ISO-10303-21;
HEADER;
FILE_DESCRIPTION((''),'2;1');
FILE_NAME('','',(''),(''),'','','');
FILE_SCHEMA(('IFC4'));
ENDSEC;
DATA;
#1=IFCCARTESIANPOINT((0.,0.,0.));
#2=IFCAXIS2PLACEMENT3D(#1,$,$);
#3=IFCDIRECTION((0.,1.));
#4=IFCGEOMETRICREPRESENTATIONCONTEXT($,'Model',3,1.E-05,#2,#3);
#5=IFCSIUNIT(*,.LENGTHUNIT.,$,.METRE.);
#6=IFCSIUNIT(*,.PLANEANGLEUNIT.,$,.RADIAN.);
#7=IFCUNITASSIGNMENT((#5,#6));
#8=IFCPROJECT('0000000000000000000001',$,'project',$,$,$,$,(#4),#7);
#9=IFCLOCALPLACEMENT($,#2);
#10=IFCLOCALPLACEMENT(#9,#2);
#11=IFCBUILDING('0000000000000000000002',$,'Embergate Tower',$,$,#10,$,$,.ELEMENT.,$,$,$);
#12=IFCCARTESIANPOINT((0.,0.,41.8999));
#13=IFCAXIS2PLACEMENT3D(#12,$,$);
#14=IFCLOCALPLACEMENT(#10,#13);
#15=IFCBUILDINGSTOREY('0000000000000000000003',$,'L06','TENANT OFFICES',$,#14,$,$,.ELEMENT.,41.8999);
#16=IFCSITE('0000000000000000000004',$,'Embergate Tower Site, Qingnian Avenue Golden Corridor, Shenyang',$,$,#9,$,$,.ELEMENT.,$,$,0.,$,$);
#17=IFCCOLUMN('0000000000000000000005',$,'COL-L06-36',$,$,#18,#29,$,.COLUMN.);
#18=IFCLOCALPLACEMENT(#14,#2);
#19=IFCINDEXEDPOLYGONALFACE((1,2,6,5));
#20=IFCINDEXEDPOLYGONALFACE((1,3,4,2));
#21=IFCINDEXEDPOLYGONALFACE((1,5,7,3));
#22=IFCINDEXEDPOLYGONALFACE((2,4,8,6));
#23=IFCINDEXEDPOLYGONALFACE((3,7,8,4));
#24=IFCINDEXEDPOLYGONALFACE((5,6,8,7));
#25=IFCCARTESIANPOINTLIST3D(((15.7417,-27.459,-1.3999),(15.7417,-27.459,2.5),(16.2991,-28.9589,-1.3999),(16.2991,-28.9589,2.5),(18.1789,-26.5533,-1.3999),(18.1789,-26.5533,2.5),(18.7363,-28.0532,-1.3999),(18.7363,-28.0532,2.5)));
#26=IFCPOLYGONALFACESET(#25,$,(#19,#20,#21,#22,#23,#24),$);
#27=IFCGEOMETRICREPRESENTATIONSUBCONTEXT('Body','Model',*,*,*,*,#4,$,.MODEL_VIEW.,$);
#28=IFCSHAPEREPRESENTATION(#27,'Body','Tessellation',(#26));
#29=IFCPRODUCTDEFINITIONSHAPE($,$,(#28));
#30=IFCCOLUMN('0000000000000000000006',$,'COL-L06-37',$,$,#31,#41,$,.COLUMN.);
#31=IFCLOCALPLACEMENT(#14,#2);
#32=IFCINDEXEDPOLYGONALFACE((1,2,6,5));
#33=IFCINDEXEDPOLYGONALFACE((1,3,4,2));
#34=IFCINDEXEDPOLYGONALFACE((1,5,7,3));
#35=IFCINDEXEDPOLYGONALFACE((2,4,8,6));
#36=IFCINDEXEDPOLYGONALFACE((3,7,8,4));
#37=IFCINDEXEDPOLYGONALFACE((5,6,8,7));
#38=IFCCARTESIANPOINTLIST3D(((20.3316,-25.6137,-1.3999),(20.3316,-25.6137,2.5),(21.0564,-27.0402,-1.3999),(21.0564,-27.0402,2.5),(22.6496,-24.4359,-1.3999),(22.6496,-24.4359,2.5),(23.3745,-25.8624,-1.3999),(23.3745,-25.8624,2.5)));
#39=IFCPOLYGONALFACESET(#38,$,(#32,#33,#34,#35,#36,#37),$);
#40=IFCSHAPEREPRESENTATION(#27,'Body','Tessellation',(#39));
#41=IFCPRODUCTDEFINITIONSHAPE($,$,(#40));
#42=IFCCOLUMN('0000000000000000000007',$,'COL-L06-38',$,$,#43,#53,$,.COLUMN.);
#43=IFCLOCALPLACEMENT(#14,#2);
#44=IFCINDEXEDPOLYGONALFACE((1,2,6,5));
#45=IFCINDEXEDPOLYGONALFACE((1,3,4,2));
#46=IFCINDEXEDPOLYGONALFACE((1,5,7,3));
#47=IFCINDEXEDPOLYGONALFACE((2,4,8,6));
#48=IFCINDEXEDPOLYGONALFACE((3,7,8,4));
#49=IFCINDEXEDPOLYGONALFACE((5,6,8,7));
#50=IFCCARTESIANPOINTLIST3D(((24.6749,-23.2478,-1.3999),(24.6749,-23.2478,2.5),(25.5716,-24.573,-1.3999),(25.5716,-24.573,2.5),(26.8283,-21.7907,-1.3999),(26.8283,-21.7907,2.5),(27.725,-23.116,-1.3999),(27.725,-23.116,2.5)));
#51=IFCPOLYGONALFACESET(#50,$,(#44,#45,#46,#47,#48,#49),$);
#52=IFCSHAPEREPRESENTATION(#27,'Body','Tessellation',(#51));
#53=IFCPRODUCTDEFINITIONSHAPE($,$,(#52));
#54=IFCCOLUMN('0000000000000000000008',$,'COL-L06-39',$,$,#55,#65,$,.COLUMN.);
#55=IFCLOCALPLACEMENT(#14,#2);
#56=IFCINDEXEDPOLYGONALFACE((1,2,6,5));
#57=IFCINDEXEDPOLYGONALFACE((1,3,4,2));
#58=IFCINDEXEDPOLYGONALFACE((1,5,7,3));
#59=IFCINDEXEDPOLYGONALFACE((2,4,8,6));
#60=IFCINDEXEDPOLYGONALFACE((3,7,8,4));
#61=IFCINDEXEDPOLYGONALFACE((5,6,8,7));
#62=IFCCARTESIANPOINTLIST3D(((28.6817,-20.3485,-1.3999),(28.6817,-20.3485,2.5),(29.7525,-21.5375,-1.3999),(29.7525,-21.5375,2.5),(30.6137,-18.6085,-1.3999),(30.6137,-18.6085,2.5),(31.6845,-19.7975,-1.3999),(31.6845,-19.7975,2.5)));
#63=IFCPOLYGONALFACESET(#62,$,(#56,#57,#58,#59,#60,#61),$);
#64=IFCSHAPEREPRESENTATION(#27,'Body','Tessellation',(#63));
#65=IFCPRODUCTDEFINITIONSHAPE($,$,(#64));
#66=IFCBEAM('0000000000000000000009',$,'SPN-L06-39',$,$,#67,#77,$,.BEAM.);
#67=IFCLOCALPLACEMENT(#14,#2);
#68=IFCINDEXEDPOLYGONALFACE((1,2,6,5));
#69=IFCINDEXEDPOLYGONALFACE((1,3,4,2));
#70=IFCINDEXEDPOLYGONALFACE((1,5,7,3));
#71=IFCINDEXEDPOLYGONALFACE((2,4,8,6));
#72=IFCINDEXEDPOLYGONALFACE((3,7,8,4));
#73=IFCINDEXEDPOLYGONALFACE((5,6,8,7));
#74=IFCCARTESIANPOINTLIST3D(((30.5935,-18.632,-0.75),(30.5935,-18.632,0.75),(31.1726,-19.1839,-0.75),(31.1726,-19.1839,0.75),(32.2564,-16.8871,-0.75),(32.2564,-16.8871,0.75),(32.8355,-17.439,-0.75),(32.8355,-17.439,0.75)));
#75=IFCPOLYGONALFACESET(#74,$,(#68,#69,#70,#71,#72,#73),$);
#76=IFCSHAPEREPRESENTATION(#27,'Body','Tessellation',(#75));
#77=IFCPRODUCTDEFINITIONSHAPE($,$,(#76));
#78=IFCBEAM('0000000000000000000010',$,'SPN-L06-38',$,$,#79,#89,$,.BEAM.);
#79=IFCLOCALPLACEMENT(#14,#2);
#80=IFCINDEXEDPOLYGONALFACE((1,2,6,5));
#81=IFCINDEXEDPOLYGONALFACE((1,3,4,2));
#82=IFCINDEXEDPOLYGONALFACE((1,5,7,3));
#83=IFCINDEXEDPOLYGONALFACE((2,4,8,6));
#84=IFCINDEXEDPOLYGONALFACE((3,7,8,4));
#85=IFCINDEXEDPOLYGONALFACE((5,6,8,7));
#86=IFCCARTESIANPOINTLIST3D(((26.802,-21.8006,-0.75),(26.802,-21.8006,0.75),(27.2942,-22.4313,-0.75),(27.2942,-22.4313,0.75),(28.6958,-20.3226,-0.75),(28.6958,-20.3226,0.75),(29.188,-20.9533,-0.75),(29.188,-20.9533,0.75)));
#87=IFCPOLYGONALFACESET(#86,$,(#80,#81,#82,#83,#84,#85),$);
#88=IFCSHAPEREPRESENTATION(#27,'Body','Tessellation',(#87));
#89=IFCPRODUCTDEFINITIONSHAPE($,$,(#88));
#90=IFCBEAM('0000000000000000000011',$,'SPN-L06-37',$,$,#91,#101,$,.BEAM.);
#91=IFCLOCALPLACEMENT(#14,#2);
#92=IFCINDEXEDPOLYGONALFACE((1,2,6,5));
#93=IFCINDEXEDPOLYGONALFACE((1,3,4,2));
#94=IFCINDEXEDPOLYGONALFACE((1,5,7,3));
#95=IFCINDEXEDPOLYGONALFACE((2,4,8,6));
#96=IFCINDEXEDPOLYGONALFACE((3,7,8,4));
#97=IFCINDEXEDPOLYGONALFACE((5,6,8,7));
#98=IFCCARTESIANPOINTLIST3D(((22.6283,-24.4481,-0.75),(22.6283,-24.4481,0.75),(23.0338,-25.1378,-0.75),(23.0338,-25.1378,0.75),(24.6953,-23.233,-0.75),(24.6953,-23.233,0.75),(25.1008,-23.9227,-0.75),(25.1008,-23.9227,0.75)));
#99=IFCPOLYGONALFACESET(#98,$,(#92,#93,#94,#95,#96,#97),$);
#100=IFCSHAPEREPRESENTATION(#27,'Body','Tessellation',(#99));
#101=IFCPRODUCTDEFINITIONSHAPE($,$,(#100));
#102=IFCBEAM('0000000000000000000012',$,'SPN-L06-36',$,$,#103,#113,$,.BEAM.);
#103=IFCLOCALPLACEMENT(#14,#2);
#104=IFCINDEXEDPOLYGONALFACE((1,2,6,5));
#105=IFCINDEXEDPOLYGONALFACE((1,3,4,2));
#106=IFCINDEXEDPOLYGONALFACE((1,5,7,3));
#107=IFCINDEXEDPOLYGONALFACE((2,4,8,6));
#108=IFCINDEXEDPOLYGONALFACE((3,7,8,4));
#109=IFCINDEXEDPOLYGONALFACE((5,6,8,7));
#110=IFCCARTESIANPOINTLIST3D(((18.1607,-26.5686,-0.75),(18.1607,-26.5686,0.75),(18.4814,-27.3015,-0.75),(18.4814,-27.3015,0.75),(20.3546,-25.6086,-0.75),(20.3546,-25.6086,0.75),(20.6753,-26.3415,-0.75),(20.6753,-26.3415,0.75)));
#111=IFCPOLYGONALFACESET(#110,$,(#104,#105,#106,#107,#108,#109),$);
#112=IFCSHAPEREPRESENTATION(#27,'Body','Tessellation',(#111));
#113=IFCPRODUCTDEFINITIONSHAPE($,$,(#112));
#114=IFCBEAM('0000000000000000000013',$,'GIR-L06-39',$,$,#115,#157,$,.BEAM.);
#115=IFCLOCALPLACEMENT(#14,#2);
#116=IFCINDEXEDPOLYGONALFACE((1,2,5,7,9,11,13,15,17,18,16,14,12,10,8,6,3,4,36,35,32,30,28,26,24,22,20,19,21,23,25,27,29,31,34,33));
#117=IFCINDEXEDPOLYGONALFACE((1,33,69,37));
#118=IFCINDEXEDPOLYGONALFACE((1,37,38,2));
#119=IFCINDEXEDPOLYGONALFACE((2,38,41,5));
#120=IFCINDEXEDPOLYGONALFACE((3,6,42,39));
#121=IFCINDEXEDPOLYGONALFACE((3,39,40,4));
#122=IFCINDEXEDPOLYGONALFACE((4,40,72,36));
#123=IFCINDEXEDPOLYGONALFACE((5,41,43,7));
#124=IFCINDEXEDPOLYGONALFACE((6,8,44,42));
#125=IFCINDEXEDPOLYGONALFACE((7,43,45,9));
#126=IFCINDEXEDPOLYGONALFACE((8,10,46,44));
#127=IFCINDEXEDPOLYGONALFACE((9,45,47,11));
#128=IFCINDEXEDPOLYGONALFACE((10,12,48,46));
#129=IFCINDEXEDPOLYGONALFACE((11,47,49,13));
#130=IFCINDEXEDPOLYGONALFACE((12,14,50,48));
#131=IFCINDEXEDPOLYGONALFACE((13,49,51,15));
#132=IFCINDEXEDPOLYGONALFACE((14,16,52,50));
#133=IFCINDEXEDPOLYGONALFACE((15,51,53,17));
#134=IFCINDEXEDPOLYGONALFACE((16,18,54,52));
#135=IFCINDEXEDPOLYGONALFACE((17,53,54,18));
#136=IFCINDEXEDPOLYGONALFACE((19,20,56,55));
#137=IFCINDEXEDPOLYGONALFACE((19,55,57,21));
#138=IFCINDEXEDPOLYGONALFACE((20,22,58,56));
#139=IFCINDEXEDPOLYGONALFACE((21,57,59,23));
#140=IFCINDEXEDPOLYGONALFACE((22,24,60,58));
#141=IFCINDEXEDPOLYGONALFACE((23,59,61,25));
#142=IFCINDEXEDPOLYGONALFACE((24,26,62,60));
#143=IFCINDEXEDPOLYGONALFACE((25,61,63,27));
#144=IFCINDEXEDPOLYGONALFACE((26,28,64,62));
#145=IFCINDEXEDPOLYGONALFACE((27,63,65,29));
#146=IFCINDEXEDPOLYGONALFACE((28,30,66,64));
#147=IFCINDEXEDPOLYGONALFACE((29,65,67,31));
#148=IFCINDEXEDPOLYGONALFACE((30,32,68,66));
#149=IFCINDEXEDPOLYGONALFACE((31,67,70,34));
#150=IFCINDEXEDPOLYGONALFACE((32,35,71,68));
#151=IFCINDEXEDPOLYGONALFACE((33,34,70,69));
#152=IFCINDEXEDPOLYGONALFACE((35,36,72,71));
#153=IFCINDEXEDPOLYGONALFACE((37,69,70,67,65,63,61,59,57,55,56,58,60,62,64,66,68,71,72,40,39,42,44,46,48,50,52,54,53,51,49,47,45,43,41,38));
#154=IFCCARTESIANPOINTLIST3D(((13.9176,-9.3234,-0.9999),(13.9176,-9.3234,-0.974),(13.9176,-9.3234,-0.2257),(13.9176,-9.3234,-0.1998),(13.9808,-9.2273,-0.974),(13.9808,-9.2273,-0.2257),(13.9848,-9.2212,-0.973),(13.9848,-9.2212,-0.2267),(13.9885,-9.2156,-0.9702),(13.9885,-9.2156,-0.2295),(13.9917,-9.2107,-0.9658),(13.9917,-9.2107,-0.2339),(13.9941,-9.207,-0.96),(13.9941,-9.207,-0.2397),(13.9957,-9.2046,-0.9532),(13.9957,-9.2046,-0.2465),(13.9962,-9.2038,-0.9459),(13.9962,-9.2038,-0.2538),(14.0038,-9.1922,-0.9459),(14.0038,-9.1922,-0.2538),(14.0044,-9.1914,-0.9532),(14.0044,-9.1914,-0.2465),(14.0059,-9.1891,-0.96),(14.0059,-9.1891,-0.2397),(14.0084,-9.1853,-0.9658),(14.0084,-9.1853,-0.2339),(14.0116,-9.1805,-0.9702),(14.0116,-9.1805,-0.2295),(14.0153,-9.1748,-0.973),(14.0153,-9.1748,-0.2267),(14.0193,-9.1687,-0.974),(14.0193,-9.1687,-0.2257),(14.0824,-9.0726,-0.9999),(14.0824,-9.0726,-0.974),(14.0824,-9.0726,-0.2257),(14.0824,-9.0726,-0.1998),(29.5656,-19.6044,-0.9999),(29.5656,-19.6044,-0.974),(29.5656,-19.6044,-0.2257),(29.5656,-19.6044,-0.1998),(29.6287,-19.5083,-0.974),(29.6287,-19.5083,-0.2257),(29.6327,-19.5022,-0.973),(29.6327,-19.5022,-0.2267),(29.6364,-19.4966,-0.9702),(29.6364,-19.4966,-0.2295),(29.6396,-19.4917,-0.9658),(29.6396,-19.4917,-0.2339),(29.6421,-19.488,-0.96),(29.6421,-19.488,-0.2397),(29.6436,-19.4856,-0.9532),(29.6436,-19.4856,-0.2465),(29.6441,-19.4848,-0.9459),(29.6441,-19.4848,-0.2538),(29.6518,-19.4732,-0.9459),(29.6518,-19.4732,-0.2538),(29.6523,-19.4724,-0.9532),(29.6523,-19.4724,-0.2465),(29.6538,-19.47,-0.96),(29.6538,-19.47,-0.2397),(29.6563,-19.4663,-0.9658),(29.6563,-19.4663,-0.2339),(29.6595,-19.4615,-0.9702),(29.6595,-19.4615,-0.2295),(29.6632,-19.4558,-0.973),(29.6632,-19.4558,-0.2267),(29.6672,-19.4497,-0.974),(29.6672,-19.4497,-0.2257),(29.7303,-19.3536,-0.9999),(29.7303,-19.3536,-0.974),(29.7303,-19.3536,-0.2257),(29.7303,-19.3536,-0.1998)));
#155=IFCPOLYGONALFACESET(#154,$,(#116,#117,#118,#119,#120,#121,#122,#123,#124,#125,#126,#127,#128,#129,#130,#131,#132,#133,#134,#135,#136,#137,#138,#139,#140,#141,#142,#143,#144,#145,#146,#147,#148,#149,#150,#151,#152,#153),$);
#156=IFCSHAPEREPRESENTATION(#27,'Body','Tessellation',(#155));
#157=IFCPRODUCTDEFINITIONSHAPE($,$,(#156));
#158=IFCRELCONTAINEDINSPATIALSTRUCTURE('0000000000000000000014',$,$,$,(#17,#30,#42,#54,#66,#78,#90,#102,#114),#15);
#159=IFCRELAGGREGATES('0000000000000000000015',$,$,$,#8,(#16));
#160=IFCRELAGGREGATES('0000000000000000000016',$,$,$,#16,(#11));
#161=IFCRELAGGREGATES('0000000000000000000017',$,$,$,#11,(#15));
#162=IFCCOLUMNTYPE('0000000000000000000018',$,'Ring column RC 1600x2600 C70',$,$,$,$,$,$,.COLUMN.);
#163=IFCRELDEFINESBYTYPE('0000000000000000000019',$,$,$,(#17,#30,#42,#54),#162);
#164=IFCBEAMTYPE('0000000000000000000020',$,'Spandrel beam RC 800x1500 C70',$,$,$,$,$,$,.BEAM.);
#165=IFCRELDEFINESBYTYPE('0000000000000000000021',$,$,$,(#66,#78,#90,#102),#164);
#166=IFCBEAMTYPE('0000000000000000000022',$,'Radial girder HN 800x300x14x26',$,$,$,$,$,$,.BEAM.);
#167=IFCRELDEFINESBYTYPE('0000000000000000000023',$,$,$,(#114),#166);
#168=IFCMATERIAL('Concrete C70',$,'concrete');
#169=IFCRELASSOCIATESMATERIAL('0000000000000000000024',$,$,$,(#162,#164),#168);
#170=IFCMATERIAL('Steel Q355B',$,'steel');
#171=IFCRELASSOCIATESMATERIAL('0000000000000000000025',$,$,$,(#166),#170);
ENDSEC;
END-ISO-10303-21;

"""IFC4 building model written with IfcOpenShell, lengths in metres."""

from ifc_helpers import new_model, si_unit, direction, frame, origin, origin_2d, place, context, subcontext, project, spatial, rectangle, i_section, extrude, source, transform, mapped, material, material_profile, profile_set, type_object, element, save


model = new_model("IFC4")

# Units and contexts
model_context = context("Model", 3, precision=1e-05, world=origin(), true_north=direction((0.0, 1.0)))
body_context = subcontext(model_context, "Body", "Model", "MODEL_VIEW")
ifc_project = project(units=[si_unit("LENGTHUNIT", "METRE"), si_unit("PLANEANGLEUNIT", "RADIAN")], contexts=[model_context])

# Site, building, storey
site_placement = place(None, origin())
site = spatial("IfcSite", under=ifc_project, at=site_placement, Name="Embergate Tower Site, Qingnian Avenue Golden Corridor, Shenyang", CompositionType="ELEMENT", RefElevation=0.0)
building_placement = place(site_placement, origin())
building = spatial("IfcBuilding", under=site, at=building_placement, Name="Embergate Tower", CompositionType="ELEMENT")
storey_placement = place(building_placement, frame((0.0, 0.0, 41.8999)))
storey = spatial("IfcBuildingStorey", under=building, at=storey_placement, Name="L06", Description="TENANT OFFICES", CompositionType="ELEMENT", Elevation=41.8999)

# Columns
ifc_material_1 = material(Name="Concrete C70", Category="concrete")
ifc_material_profile_1 = material_profile(ifc_material_1, rectangle(XDim=1.6001, YDim=2.6001, at=origin_2d()), Name="RC 1600x2600")
ifc_profile_set_1 = profile_set([ifc_material_profile_1], Name="Concrete C70")
column_type = type_object("IfcColumnType", Name="Ring column RC 1600x2600 C70", PredefinedType="COLUMN", material=ifc_profile_set_1)
shared_shape_1 = source(origin(), body_context, "Body", "SweptSolid", [
    extrude(rectangle(XDim=1.6001, YDim=2.6001, at=origin_2d()), origin(), (0.0, 0.0, 1.0), 3.8999),
])
for number, where, z_axis, x_axis, name in (
    (1, (17.239, -27.7561, -1.3999), (0.0, 0.0, 1.0), (0.348343, -0.937367, 0.0), "COL-L06-36"),
    (2, (21.853, -25.738, -1.3999), (0.0, 0.0, 1.0), (0.452995, -0.891513, 0.0), "COL-L06-37"),
    (3, (26.2, -23.1819, -1.3999), (0.0, 0.0, 1.0), (0.560393, -0.828227, 0.0), "COL-L06-38"),
    (4, (30.1831, -20.073, -1.3999), (0.0, 0.0, 1.0), (0.669208, -0.743075, 0.0), "COL-L06-39"),
):
    element("IfcColumn", number, at=place(storey_placement, frame(where, z_axis=z_axis, x_axis=x_axis)), inside=storey, type_object=column_type, Name=name, PredefinedType="COLUMN", context=body_context, shape_type="MappedRepresentation", body=[
        mapped(shared_shape_1, transform((0.0, 0.0, 0.0))),
    ])

# Beams
ifc_material_profile_2 = material_profile(ifc_material_1, rectangle(XDim=0.8, YDim=1.5, at=origin_2d()), Name="RC 800x1500")
ifc_profile_set_2 = profile_set([ifc_material_profile_2], Name="Concrete C70")
beam_type_1 = type_object("IfcBeamType", Name="Spandrel beam RC 800x1500 C70", PredefinedType="BEAM", material=ifc_profile_set_2)
shared_shape_2 = source(origin(), body_context, "Body", "SweptSolid", [
    extrude(rectangle(XDim=0.8, YDim=1.5, at=origin_2d()), origin(), (0.0, 0.0, 1.0), 2.4104),
])
beam_1_placement = place(storey_placement, frame((30.8831, -18.908, 0.0), z_axis=(0.689885, 0.723919, 0.0), x_axis=(-0.723919, 0.689885, 0.0)))
element("IfcBeam", 5, at=beam_1_placement, inside=storey, type_object=beam_type_1, Name="SPN-L06-39", PredefinedType="BEAM", context=body_context, shape_type="MappedRepresentation", body=[
    mapped(shared_shape_2, transform((0.0, 0.0, 0.0))),
])
shared_shape_3 = source(origin(), body_context, "Body", "SweptSolid", [
    extrude(rectangle(XDim=0.8, YDim=1.5, at=origin_2d()), origin(), (0.0, 0.0, 1.0), 2.4023),
])
beam_2_placement = place(storey_placement, frame((27.0481, -22.116, 0.0), z_axis=(0.788328, 0.615255, 0.0), x_axis=(-0.615255, 0.788328, 0.0)))
element("IfcBeam", 6, at=beam_2_placement, inside=storey, type_object=beam_type_1, Name="SPN-L06-38", PredefinedType="BEAM", context=body_context, shape_type="MappedRepresentation", body=[
    mapped(shared_shape_3, transform((0.0, 0.0, 0.0))),
])
shared_shape_4 = source(origin(), body_context, "Body", "SweptSolid", [
    extrude(rectangle(XDim=0.8, YDim=1.5, at=origin_2d()), origin(), (0.0, 0.0, 1.0), 2.3977),
])
beam_3_placement = place(storey_placement, frame((22.8311, -24.793, 0.0), z_axis=(0.862068, 0.506793, 0.0), x_axis=(-0.506793, 0.862068, 0.0)))
element("IfcBeam", 7, at=beam_3_placement, inside=storey, type_object=beam_type_1, Name="SPN-L06-37", PredefinedType="BEAM", context=body_context, shape_type="MappedRepresentation", body=[
    mapped(shared_shape_4, transform((0.0, 0.0, 0.0))),
])
shared_shape_5 = source(origin(), body_context, "Body", "SweptSolid", [
    extrude(rectangle(XDim=0.8, YDim=1.5, at=origin_2d()), origin(), (0.0, 0.0, 1.0), 2.3948),
])
beam_4_placement = place(storey_placement, frame((18.321, -26.9351, 0.0), z_axis=(0.916134, 0.400872, 0.0), x_axis=(-0.400872, 0.916134, 0.0)))
element("IfcBeam", 8, at=beam_4_placement, inside=storey, type_object=beam_type_1, Name="SPN-L06-36", PredefinedType="BEAM", context=body_context, shape_type="MappedRepresentation", body=[
    mapped(shared_shape_5, transform((0.0, 0.0, 0.0))),
])
ifc_material_2 = material(Name="Steel Q355B", Category="steel")
ifc_material_profile_3 = material_profile(ifc_material_2, i_section(OverallWidth=0.3, OverallDepth=0.8, WebThickness=0.0139, FlangeThickness=0.0259, FilletRadius=0.0281, at=origin_2d()), Name="HN 800x300x14x26")
ifc_profile_set_3 = profile_set([ifc_material_profile_3], Name="Steel Q355 grade B")
beam_type_2 = type_object("IfcBeamType", Name="Radial girder HN 800x300x14x26", PredefinedType="BEAM", material=ifc_profile_set_3)
shared_shape_6 = source(origin(), body_context, "Body", "SweptSolid", [
    extrude(i_section(OverallWidth=0.3, OverallDepth=0.8, WebThickness=0.0139, FlangeThickness=0.0259, FilletRadius=0.0281, at=origin_2d()), origin(), (0.0, 0.0, 1.0), 18.7231),
])
beam_5_placement = place(storey_placement, frame((29.6479, -19.479, -0.5999), z_axis=(-0.835753, 0.549106, 0.0), x_axis=(-0.549106, -0.835753, 0.0)))
element("IfcBeam", 9, at=beam_5_placement, inside=storey, type_object=beam_type_2, Name="GIR-L06-39", PredefinedType="BEAM", context=body_context, shape_type="MappedRepresentation", body=[
    mapped(shared_shape_6, transform((0.0, 0.0, 0.0))),
])

save(model, "model.ifc")
